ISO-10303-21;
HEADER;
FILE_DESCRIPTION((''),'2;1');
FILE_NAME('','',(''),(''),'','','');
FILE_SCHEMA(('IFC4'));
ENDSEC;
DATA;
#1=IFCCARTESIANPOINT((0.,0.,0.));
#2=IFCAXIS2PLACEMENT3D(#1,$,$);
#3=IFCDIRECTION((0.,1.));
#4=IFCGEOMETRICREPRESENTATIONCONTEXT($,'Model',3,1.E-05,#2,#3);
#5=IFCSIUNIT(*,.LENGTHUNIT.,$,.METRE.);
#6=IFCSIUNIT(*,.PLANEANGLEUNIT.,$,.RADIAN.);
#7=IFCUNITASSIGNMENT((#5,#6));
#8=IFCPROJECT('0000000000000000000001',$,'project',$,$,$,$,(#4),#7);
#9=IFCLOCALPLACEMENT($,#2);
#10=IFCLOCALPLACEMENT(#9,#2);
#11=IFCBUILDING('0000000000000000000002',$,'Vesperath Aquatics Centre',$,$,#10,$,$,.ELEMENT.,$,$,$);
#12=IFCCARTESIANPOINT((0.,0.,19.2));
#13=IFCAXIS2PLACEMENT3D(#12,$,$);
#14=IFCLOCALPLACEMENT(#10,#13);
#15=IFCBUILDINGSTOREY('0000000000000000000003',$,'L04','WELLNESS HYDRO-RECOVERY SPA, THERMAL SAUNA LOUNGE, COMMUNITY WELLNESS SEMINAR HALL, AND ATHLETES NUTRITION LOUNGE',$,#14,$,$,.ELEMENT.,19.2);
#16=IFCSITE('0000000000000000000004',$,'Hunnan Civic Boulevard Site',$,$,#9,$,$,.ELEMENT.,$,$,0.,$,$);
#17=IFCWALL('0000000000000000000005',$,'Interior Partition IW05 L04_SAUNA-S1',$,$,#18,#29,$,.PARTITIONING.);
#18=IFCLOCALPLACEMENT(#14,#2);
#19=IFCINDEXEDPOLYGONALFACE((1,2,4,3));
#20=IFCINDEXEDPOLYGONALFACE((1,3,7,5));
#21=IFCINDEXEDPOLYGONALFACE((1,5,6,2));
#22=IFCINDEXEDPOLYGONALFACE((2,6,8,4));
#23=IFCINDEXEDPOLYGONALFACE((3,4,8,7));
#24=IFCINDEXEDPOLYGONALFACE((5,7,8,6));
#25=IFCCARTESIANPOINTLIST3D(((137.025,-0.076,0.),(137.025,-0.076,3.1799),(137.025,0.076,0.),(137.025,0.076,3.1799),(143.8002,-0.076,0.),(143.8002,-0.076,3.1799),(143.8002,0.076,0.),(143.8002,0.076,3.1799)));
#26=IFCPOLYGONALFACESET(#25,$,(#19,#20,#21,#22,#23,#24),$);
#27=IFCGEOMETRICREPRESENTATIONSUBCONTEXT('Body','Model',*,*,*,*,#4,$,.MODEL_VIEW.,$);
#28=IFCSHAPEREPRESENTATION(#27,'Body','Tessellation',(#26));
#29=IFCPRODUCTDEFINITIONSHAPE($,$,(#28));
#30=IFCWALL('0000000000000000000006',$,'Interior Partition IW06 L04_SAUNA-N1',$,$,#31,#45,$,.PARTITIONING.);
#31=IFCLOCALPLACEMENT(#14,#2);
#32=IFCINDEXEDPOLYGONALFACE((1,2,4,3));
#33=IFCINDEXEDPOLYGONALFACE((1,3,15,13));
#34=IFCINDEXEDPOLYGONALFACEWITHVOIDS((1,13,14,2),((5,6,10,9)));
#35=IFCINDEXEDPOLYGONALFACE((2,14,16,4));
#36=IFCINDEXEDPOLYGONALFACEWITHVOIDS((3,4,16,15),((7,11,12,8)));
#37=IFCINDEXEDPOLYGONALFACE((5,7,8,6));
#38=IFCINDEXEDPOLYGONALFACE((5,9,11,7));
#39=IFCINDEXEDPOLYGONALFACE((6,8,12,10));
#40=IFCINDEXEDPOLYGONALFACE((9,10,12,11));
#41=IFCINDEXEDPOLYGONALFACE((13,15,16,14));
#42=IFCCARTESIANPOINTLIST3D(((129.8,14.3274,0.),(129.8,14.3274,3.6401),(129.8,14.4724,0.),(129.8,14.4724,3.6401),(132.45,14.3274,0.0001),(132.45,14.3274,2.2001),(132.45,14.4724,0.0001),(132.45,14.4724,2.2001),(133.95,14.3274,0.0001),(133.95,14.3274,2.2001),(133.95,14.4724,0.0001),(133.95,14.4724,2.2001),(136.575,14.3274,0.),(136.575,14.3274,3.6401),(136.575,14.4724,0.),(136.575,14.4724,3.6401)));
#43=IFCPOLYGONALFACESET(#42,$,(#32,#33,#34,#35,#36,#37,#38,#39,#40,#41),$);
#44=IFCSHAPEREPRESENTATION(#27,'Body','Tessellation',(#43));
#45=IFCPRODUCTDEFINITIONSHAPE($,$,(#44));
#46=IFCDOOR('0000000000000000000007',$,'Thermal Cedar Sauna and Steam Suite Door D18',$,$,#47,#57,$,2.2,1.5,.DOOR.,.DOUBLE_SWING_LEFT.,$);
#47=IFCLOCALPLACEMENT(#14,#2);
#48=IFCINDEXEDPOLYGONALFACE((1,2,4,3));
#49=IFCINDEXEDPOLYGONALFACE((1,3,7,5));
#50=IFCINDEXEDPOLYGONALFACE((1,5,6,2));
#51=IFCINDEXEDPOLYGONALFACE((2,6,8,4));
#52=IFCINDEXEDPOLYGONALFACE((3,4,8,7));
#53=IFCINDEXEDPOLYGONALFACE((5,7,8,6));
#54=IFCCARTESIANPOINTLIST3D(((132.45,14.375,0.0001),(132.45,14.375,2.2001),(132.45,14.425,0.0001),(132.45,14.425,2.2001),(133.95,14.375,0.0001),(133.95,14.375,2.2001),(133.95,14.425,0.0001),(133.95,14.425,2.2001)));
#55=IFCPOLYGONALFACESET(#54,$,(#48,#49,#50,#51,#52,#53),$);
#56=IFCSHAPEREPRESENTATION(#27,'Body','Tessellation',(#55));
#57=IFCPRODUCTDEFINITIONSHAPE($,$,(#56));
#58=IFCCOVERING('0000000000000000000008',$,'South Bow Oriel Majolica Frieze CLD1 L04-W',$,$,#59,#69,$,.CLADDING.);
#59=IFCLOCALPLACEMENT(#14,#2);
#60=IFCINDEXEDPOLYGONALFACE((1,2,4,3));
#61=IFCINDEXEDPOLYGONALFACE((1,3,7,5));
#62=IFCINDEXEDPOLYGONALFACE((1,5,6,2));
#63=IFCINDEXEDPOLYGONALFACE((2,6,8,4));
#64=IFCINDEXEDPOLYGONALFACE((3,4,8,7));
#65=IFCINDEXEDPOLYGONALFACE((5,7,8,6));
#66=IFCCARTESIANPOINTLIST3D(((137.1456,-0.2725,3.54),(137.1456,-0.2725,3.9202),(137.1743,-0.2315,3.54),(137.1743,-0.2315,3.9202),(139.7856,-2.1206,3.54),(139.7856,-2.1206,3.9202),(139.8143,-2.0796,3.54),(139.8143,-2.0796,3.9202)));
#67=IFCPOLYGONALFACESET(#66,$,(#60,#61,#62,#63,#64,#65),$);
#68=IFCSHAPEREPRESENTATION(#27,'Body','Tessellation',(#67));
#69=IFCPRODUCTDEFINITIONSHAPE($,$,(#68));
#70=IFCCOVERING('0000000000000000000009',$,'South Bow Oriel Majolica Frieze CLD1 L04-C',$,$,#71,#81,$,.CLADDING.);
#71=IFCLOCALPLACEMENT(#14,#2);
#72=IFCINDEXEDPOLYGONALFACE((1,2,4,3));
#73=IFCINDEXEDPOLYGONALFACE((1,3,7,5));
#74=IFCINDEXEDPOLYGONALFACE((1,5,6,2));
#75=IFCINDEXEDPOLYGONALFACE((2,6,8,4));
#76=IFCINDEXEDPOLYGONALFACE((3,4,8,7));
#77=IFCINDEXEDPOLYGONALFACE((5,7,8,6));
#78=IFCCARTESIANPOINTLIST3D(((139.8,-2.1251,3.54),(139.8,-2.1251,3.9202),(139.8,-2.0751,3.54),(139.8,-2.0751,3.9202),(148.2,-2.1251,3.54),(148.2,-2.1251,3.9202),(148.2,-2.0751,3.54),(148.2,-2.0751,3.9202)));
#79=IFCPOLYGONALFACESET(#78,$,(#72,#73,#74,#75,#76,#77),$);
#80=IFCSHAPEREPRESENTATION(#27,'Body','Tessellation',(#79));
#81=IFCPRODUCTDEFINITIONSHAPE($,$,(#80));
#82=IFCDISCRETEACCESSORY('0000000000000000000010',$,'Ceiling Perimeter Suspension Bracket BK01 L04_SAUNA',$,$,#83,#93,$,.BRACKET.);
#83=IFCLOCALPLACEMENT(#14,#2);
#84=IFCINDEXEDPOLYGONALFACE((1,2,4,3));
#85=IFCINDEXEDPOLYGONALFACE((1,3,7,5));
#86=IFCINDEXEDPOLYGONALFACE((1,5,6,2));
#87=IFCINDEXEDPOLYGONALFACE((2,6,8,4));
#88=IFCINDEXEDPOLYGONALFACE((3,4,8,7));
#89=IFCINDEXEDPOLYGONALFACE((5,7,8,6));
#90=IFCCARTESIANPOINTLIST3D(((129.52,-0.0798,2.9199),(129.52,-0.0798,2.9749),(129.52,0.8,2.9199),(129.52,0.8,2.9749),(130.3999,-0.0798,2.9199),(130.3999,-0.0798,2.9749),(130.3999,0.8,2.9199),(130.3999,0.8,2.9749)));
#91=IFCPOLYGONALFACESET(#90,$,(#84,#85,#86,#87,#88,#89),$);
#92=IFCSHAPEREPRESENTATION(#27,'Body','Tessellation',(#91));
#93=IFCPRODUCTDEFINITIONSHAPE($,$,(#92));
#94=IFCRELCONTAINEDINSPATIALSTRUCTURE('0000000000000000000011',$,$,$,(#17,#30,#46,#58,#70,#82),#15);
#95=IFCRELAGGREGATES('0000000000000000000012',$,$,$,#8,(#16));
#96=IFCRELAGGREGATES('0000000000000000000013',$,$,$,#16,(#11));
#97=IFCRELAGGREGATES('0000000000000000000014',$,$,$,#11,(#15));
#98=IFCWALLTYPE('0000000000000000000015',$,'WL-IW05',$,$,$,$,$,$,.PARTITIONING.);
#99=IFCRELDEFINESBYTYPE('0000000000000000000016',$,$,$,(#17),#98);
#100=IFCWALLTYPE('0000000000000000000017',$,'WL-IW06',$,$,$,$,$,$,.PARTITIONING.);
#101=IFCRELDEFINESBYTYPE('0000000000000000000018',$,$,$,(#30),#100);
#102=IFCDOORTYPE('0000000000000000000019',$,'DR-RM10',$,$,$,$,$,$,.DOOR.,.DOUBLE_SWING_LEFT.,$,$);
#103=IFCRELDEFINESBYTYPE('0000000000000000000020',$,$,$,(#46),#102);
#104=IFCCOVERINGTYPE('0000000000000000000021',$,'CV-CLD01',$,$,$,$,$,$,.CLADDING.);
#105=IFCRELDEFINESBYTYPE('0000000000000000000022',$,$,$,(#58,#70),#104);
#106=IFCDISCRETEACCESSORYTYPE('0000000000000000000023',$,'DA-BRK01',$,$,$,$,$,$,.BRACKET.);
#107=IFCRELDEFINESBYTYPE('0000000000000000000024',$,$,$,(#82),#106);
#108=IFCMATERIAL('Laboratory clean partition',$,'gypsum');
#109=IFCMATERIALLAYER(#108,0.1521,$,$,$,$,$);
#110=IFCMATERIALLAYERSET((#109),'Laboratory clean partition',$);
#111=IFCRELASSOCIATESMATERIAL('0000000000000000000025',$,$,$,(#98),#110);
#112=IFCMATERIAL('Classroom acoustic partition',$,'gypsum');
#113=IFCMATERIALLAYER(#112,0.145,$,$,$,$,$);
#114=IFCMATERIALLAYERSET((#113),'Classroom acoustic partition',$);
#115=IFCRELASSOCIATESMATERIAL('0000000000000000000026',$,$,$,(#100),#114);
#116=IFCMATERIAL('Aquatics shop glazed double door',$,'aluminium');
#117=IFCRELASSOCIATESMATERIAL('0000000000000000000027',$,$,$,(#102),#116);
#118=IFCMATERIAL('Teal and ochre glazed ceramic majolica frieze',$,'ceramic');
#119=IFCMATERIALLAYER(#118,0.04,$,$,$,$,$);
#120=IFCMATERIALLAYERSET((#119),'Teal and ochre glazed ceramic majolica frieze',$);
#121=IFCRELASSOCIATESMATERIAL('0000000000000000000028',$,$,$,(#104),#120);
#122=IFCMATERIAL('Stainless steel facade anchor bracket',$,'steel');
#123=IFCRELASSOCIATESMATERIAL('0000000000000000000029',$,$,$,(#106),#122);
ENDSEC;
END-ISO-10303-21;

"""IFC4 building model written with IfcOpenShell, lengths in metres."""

from ifc_helpers import new_model, si_unit, direction, frame, frame_2d, origin, origin_2d, place, context, subcontext, project, spatial, rectangle, extrude, material, layer, layer_set, type_object, element, fill, save


model = new_model("IFC4")

# Units and contexts
model_context = context("Model", 3, precision=1e-05, world=origin(), true_north=direction((0.0, 1.0)))
body_context = subcontext(model_context, "Body", "Model", "MODEL_VIEW")
ifc_project = project(units=[si_unit("LENGTHUNIT", "METRE"), si_unit("PLANEANGLEUNIT", "RADIAN")], contexts=[model_context])

# Site, building, storey
site_placement = place(None, origin())
site = spatial("IfcSite", under=ifc_project, at=site_placement, Name="Hunnan Civic Boulevard Site", CompositionType="ELEMENT", RefElevation=0.0)
building_placement = place(site_placement, origin())
building = spatial("IfcBuilding", under=site, at=building_placement, Name="Vesperath Aquatics Centre", CompositionType="ELEMENT")
storey_placement = place(building_placement, frame((0.0, 0.0, 19.2)))
storey = spatial("IfcBuildingStorey", under=building, at=storey_placement, Name="L04", Description="WELLNESS HYDRO-RECOVERY SPA, THERMAL SAUNA LOUNGE, COMMUNITY WELLNESS SEMINAR HALL, AND ATHLETES NUTRITION LOUNGE", CompositionType="ELEMENT", Elevation=19.2)

# Wall
ifc_material_1 = material(Name="Laboratory clean partition", Category="gypsum")
ifc_layer_1 = layer(ifc_material_1, 0.1521)
ifc_layer_set_1 = layer_set([ifc_layer_1], Name="Laboratory clean partition")
wall_type_1 = type_object("IfcWallType", Name="WL-IW05", PredefinedType="PARTITIONING", material=ifc_layer_set_1)
wall_1_placement = place(storey_placement, frame((137.0249, 0.0, 0.0), z_axis=(0.0, 0.0, 1.0), x_axis=(1.0, 0.0, 0.0)))
element("IfcWall", 1, at=wall_1_placement, inside=storey, type_object=wall_type_1, Name="Interior Partition IW05 L04_SAUNA-S1", PredefinedType="PARTITIONING", context=body_context, shape_type="SweptSolid", body=[
    extrude(rectangle(XDim=6.7751, YDim=0.1521, at=frame_2d((3.3877, 0.0))), origin(), (0.0, 0.0, 1.0), 3.1799),
])

# Wall, opening, door
ifc_material_2 = material(Name="Classroom acoustic partition", Category="gypsum")
ifc_layer_2 = layer(ifc_material_2, 0.145)
ifc_layer_set_2 = layer_set([ifc_layer_2], Name="Classroom acoustic partition")
wall_type_2 = type_object("IfcWallType", Name="WL-IW06", PredefinedType="PARTITIONING", material=ifc_layer_set_2)
wall_2_placement = place(storey_placement, frame((129.8, 14.3999, 0.0), z_axis=(0.0, 0.0, 1.0), x_axis=(1.0, 0.0, 0.0)))
wall_2 = element("IfcWall", 2, at=wall_2_placement, inside=storey, type_object=wall_type_2, Name="Interior Partition IW06 L04_SAUNA-N1", PredefinedType="PARTITIONING", context=body_context, shape_type="SweptSolid", body=[
    extrude(rectangle(XDim=6.7749, YDim=0.145, at=frame_2d((3.3875, 0.0))), origin(), (0.0, 0.0, 1.0), 3.6401),
])
opening_1_placement = place(wall_2_placement, frame((2.6499, 0.0, 0.0)))
opening_1 = element("IfcOpeningElement", 3, at=opening_1_placement, cuts=wall_2, PredefinedType="OPENING", context=body_context, shape_type="SweptSolid", body=[
    extrude(rectangle(XDim=1.5, YDim=2.2, at=frame_2d((0.75, 1.1001))), frame((0.0, 0.0874, 0.0), z_axis=(0.0, -1.0, 0.0), x_axis=(1.0, 0.0, 0.0)), (0.0, 0.0, 1.0), 0.1748),
])
ifc_material_3 = material(Name="Aquatics shop glazed double door", Category="aluminium")
door_type = type_object("IfcDoorType", Name="DR-RM10", OperationType="DOUBLE_SWING_LEFT", PredefinedType="DOOR", material=ifc_material_3)
door_placement = place(opening_1_placement, frame((1.5, 0.0, 0.0), z_axis=(0.0, 0.0, 1.0), x_axis=(-1.0, 0.0, 0.0)))
door = element("IfcDoor", 4, at=door_placement, inside=storey, type_object=door_type, Name="Thermal Cedar Sauna and Steam Suite Door D18", OperationType="DOUBLE_SWING_LEFT", OverallHeight=2.2, OverallWidth=1.5, PredefinedType="DOOR", context=body_context, shape_type="SweptSolid", body=[
    extrude(rectangle(XDim=1.5, YDim=2.2, at=frame_2d((0.75, 1.1001))), frame((0.0, 0.0249, 0.0), z_axis=(0.0, -1.0, 0.0), x_axis=(1.0, 0.0, 0.0)), (0.0, 0.0, 1.0), 0.05),
])
fill(opening_1, door)

# Coverings
ifc_material_4 = material(Name="Teal and ochre glazed ceramic majolica frieze", Category="ceramic")
ifc_layer_3 = layer(ifc_material_4, 0.04)
ifc_layer_set_3 = layer_set([ifc_layer_3], Name="Teal and ochre glazed ceramic majolica frieze")
covering_type = type_object("IfcCoveringType", Name="CV-CLD01", PredefinedType="CLADDING", material=ifc_layer_set_3)
covering_1_placement = place(storey_placement, frame((137.1599, -0.252, 3.54), z_axis=(0.0, 0.0, 1.0), x_axis=(0.819225, -0.573473, 0.0)))
element("IfcCovering", 5, at=covering_1_placement, inside=storey, type_object=covering_type, Name="South Bow Oriel Majolica Frieze CLD1 L04-W", PredefinedType="CLADDING", context=body_context, shape_type="SweptSolid", body=[
    extrude(rectangle(XDim=3.2227, YDim=0.05, at=frame_2d((1.6113, 0.0))), origin(), (0.0, 0.0, 1.0), 0.3801),
])
covering_2_placement = place(storey_placement, frame((139.8, -2.1001, 3.54), z_axis=(0.0, 0.0, 1.0), x_axis=(1.0, 0.0, 0.0)))
element("IfcCovering", 6, at=covering_2_placement, inside=storey, type_object=covering_type, Name="South Bow Oriel Majolica Frieze CLD1 L04-C", PredefinedType="CLADDING", context=body_context, shape_type="SweptSolid", body=[
    extrude(rectangle(XDim=8.3999, YDim=0.05, at=frame_2d((4.2, 0.0))), origin(), (0.0, 0.0, 1.0), 0.3801),
])

# Discrete accessory
ifc_material_5 = material(Name="Stainless steel facade anchor bracket", Category="steel")
discrete_accessory_type = type_object("IfcDiscreteAccessoryType", Name="DA-BRK01", PredefinedType="BRACKET", material=ifc_material_5)
discrete_accessory_placement = place(storey_placement, frame((129.96, 0.3601, 2.9199), z_axis=(0.0, 0.0, 1.0), x_axis=(1.0, 0.0, 0.0)))
element("IfcDiscreteAccessory", 7, at=discrete_accessory_placement, inside=storey, type_object=discrete_accessory_type, Name="Ceiling Perimeter Suspension Bracket BK01 L04_SAUNA", PredefinedType="BRACKET", context=body_context, shape_type="SweptSolid", body=[
    extrude(rectangle(XDim=0.8799, YDim=0.8799, at=origin_2d()), origin(), (0.0, 0.0, 1.0), 0.0549),
])

save(model, "model.ifc")
